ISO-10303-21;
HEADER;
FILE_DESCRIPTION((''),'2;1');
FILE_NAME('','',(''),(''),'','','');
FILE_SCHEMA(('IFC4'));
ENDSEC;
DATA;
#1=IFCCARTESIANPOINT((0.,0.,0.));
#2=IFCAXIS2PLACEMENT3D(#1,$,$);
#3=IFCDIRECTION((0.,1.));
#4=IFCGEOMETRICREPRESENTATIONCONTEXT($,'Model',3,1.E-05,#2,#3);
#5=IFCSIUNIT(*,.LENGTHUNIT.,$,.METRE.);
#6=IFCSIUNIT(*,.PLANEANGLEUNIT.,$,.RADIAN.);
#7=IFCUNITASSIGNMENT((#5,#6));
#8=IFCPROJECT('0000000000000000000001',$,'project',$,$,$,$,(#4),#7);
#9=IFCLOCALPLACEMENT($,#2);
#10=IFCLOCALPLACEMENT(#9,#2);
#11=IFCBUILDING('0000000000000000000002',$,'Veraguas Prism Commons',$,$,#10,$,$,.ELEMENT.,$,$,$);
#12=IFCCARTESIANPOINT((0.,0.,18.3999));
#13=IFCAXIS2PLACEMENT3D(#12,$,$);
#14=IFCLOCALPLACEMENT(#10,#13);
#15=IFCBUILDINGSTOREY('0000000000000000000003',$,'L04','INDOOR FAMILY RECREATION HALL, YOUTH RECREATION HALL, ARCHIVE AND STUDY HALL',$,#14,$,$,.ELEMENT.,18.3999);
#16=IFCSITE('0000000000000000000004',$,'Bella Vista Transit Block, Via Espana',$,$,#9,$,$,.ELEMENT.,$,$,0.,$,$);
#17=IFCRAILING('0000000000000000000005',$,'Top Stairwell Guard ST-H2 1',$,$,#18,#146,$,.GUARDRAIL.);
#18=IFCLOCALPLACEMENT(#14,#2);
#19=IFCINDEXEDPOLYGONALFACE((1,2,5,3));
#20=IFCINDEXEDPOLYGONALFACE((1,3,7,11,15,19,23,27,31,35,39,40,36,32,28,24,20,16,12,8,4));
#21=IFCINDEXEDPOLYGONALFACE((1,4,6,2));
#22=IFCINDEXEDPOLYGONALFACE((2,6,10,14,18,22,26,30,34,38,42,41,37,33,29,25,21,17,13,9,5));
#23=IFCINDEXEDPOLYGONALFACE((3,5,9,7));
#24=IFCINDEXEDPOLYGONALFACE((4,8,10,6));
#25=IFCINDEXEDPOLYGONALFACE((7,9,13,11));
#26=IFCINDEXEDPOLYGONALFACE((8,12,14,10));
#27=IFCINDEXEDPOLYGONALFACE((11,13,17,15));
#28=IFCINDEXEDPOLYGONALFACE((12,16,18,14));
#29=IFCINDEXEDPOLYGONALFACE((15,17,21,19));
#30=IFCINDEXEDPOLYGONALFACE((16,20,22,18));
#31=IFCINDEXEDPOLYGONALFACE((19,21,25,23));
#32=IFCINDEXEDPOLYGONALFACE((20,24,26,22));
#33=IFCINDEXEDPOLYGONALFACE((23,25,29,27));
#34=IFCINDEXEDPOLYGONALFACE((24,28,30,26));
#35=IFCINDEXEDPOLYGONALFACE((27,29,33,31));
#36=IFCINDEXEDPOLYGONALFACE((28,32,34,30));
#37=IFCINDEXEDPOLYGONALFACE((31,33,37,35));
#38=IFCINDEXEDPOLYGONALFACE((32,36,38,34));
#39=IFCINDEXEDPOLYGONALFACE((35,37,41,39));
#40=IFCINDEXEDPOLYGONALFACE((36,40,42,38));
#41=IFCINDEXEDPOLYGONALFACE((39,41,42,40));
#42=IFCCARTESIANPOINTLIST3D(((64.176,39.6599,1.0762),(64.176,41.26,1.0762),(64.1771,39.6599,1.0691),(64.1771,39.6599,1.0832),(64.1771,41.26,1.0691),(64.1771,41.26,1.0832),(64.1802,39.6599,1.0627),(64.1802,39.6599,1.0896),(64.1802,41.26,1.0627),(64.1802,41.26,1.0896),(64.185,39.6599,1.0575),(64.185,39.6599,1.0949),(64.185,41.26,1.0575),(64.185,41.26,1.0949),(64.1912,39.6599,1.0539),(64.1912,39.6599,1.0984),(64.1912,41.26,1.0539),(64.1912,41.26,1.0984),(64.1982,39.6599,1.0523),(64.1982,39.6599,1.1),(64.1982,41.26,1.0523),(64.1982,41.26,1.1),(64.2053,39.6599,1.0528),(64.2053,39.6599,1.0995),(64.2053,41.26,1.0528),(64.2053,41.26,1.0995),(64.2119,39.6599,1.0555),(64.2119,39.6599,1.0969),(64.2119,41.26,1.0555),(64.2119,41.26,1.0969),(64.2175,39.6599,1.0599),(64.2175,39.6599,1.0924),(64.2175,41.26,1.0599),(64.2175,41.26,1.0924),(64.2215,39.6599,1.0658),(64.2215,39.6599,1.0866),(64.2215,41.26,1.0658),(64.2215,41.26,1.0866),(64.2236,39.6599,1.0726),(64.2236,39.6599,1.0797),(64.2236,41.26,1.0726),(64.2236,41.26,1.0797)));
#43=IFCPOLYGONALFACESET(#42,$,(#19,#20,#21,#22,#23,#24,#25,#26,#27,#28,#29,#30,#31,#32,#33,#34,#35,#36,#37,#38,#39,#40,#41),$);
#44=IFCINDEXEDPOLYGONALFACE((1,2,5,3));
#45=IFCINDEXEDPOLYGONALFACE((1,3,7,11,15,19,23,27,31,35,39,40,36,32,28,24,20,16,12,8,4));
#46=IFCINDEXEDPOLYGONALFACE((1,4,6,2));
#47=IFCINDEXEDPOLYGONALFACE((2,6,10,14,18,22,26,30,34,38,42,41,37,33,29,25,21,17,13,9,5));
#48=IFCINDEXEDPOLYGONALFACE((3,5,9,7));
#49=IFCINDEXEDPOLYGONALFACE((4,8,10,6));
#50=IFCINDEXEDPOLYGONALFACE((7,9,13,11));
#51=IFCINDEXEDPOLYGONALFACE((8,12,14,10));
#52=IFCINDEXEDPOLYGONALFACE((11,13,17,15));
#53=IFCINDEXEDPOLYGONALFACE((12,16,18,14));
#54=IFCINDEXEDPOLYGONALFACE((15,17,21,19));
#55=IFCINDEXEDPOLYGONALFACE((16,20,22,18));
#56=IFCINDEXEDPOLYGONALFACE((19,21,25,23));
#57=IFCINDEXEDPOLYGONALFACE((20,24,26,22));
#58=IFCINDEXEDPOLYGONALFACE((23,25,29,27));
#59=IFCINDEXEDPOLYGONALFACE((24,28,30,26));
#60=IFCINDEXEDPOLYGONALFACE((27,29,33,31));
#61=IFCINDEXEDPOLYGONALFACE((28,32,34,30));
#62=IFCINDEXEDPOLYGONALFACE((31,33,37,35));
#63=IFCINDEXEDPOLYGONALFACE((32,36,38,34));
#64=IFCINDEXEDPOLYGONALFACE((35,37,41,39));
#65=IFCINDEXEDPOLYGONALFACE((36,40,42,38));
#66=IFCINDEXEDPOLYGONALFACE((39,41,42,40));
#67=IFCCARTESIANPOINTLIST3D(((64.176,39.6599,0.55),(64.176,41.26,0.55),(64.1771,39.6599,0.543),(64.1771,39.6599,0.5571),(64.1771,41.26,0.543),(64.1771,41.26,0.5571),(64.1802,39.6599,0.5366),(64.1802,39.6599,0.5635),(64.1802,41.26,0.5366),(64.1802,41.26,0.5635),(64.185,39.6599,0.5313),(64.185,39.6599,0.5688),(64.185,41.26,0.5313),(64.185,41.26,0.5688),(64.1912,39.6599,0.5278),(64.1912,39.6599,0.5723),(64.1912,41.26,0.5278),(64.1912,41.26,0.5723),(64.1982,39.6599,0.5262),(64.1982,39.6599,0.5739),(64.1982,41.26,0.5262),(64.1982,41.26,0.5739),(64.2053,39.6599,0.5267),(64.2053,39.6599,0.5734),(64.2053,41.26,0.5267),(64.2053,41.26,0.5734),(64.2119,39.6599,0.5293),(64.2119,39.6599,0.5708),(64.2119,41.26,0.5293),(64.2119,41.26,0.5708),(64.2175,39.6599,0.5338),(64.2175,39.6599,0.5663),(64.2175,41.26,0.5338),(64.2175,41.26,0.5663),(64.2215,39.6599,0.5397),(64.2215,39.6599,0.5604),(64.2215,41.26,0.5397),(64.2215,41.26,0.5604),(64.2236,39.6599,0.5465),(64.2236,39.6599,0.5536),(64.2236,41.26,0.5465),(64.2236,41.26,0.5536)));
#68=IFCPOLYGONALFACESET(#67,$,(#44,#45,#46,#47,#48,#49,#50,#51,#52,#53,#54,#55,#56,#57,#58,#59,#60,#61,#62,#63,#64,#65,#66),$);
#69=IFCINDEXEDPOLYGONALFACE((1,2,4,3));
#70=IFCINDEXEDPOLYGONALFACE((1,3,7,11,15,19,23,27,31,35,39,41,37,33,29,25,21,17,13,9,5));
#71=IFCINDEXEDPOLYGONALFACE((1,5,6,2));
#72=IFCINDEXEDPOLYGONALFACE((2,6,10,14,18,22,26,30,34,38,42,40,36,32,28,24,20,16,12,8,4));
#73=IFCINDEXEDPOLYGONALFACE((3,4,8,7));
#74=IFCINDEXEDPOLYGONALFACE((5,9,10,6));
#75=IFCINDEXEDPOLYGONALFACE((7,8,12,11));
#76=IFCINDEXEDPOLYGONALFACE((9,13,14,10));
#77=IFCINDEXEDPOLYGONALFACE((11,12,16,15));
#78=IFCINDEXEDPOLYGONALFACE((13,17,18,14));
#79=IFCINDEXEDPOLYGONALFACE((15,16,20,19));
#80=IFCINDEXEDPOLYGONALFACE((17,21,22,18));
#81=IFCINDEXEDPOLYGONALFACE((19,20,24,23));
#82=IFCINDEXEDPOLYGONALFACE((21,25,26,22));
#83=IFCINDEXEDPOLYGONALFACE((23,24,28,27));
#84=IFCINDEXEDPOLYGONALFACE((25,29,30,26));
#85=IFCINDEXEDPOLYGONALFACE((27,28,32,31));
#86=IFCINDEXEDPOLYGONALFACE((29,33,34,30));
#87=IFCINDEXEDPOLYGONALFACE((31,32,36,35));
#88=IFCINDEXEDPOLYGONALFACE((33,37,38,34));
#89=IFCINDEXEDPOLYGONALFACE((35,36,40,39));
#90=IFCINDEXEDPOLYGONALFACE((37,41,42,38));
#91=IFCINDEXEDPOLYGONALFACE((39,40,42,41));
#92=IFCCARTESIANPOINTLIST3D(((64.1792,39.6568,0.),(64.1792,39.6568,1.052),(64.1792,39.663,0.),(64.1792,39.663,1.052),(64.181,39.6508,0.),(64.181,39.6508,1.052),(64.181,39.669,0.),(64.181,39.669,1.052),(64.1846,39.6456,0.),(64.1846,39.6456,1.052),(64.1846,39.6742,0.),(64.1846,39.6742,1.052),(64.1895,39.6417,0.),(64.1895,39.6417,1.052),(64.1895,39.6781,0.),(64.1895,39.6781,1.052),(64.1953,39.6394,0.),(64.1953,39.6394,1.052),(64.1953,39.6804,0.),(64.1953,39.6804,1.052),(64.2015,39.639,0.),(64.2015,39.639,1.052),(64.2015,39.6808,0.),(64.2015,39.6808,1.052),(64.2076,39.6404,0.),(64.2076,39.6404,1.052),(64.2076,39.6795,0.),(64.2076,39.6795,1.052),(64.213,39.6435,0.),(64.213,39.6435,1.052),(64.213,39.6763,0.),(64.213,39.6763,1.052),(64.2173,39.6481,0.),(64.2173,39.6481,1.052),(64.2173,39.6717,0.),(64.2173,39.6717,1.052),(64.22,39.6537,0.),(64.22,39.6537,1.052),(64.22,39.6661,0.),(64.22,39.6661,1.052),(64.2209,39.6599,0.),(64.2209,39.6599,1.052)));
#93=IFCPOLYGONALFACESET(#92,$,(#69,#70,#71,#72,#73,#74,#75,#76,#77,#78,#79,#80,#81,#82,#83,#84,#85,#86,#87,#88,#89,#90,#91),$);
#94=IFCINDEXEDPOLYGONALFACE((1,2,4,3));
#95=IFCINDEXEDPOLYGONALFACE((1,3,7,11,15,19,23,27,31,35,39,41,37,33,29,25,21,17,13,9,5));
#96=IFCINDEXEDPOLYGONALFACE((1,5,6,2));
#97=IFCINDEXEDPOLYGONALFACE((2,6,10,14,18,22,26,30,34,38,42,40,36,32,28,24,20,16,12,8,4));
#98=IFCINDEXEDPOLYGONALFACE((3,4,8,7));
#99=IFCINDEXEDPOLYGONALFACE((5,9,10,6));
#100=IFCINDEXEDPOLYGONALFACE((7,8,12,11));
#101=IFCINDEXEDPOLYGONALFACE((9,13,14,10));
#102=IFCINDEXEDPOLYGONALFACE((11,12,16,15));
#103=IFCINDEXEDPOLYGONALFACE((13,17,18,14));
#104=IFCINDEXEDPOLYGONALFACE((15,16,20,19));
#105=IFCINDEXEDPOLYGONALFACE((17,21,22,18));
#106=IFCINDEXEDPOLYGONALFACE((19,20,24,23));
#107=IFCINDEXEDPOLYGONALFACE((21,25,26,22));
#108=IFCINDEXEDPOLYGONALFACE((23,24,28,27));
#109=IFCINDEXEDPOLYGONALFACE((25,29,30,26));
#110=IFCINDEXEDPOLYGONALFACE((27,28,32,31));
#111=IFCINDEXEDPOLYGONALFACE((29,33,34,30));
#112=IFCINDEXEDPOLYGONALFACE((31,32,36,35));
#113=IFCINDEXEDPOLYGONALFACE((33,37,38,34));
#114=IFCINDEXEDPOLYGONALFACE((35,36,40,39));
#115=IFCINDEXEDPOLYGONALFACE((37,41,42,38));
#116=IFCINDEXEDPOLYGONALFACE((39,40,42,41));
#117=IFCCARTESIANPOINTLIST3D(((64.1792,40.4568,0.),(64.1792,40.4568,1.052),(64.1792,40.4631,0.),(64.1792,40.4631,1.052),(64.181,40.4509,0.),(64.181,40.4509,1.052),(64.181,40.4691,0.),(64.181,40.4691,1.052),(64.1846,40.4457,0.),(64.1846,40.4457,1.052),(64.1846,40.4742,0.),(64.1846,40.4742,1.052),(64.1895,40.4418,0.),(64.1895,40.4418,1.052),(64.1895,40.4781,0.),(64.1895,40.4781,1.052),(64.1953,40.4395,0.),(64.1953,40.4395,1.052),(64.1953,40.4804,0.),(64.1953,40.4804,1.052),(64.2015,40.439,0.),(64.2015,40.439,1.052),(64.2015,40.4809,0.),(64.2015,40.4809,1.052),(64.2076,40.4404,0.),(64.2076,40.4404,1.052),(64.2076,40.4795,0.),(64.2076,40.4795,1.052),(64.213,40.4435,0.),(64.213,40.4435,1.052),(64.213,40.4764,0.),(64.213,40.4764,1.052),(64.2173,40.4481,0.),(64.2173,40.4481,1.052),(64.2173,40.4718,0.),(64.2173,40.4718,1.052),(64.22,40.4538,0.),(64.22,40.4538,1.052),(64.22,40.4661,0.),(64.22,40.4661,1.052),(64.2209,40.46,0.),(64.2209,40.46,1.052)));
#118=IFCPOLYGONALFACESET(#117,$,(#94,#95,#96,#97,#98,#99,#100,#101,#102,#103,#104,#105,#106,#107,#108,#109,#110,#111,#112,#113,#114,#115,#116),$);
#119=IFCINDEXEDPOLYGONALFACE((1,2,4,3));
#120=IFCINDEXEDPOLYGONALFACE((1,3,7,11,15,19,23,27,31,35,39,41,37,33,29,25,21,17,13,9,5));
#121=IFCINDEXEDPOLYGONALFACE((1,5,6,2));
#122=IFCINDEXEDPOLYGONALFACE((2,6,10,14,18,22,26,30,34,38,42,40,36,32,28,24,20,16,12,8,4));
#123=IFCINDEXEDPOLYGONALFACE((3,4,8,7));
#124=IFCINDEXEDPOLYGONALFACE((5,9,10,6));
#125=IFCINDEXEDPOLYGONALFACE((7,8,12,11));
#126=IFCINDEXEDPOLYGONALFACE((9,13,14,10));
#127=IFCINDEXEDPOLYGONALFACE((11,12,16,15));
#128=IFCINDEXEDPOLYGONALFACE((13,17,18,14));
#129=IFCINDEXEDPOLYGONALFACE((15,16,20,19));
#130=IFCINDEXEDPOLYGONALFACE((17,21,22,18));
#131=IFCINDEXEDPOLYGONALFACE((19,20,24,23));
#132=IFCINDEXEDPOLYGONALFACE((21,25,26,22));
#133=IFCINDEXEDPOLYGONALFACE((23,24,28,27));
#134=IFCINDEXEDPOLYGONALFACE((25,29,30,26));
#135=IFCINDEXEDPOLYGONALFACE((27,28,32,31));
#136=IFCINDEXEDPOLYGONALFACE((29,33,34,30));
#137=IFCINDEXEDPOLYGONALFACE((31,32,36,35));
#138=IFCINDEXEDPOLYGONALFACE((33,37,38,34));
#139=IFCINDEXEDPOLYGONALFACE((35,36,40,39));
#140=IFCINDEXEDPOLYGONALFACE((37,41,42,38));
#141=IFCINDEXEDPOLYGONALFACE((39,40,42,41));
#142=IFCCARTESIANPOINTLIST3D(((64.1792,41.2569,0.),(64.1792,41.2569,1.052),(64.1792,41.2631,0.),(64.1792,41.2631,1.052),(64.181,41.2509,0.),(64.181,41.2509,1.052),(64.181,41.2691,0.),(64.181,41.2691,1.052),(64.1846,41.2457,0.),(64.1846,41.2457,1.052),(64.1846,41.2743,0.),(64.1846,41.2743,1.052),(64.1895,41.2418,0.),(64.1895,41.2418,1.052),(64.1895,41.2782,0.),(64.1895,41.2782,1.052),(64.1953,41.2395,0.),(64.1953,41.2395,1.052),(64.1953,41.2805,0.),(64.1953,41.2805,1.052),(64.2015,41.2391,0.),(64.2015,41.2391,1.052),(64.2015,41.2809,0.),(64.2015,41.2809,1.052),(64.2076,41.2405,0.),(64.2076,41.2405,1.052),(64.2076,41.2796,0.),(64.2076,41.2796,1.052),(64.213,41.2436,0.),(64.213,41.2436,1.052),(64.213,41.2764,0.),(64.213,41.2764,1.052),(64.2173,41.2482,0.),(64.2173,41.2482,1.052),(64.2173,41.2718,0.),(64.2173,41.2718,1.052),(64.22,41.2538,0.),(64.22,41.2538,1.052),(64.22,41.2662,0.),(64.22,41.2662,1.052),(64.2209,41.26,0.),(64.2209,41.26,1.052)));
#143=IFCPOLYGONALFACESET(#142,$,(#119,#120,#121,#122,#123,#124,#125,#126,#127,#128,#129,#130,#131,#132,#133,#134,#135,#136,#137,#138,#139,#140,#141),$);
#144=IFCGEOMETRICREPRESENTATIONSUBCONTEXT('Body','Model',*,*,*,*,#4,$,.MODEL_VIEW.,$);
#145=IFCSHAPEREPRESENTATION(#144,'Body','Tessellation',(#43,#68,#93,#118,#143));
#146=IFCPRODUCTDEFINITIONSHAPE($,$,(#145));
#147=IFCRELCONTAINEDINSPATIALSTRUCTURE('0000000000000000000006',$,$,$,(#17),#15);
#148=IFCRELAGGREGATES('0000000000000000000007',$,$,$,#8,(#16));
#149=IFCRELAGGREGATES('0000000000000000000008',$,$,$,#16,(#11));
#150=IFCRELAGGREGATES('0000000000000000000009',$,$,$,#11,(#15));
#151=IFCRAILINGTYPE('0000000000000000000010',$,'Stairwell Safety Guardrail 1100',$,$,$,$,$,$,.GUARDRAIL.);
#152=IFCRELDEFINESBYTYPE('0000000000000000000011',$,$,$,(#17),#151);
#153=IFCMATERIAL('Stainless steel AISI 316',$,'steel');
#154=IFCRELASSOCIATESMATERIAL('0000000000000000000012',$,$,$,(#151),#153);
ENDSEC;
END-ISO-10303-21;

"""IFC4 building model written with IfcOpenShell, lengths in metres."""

from ifc_helpers import new_model, si_unit, direction, frame, origin, origin_2d, place, context, subcontext, project, spatial, circle, extrude, material, type_object, element, save


model = new_model("IFC4")

# Units and contexts
model_context = context("Model", 3, precision=1e-05, world=origin(), true_north=direction((0.0, 1.0)))
body_context = subcontext(model_context, "Body", "Model", "MODEL_VIEW")
ifc_project = project(units=[si_unit("LENGTHUNIT", "METRE"), si_unit("PLANEANGLEUNIT", "RADIAN")], contexts=[model_context])

# Site, building, storey
site_placement = place(None, origin())
site = spatial("IfcSite", under=ifc_project, at=site_placement, Name="Bella Vista Transit Block, Via Espana", CompositionType="ELEMENT", RefElevation=0.0)
building_placement = place(site_placement, origin())
building = spatial("IfcBuilding", under=site, at=building_placement, Name="Veraguas Prism Commons", CompositionType="ELEMENT")
storey_placement = place(building_placement, frame((0.0, 0.0, 18.3999)))
storey = spatial("IfcBuildingStorey", under=building, at=storey_placement, Name="L04", Description="INDOOR FAMILY RECREATION HALL, YOUTH RECREATION HALL, ARCHIVE AND STUDY HALL", CompositionType="ELEMENT", Elevation=18.3999)

# Railing
ifc_material_1 = material(Name="Stainless steel AISI 316", Category="steel")
railing_type = type_object("IfcRailingType", Name="Stairwell Safety Guardrail 1100", PredefinedType="GUARDRAIL", material=ifc_material_1)
railing_placement = place(storey_placement, frame((64.2, 39.6599, 0.0)))
element("IfcRailing", 1, at=railing_placement, inside=storey, type_object=railing_type, Name="Top Stairwell Guard ST-H2 1", PredefinedType="GUARDRAIL", context=body_context, shape_type="SweptSolid", body=[
    extrude(circle(Radius=0.0239, at=origin_2d()), frame((0.0, 0.0, 1.0762), z_axis=(0.0, 1.0, 0.0), x_axis=(-1.0, 0.0, 0.0)), (0.0, 0.0, 1.0), 1.6001),
    extrude(circle(Radius=0.0239, at=origin_2d()), frame((0.0, 0.0, 0.55), z_axis=(0.0, 1.0, 0.0), x_axis=(-1.0, 0.0, 0.0)), (0.0, 0.0, 1.0), 1.6001),
    extrude(circle(Radius=0.021, at=origin_2d()), origin(), (0.0, 0.0, 1.0), 1.052),
    extrude(circle(Radius=0.021, at=origin_2d()), frame((0.0, 0.8, 0.0)), (0.0, 0.0, 1.0), 1.052),
    extrude(circle(Radius=0.021, at=origin_2d()), frame((0.0, 1.6001, 0.0)), (0.0, 0.0, 1.0), 1.052),
])

save(model, "model.ifc")
